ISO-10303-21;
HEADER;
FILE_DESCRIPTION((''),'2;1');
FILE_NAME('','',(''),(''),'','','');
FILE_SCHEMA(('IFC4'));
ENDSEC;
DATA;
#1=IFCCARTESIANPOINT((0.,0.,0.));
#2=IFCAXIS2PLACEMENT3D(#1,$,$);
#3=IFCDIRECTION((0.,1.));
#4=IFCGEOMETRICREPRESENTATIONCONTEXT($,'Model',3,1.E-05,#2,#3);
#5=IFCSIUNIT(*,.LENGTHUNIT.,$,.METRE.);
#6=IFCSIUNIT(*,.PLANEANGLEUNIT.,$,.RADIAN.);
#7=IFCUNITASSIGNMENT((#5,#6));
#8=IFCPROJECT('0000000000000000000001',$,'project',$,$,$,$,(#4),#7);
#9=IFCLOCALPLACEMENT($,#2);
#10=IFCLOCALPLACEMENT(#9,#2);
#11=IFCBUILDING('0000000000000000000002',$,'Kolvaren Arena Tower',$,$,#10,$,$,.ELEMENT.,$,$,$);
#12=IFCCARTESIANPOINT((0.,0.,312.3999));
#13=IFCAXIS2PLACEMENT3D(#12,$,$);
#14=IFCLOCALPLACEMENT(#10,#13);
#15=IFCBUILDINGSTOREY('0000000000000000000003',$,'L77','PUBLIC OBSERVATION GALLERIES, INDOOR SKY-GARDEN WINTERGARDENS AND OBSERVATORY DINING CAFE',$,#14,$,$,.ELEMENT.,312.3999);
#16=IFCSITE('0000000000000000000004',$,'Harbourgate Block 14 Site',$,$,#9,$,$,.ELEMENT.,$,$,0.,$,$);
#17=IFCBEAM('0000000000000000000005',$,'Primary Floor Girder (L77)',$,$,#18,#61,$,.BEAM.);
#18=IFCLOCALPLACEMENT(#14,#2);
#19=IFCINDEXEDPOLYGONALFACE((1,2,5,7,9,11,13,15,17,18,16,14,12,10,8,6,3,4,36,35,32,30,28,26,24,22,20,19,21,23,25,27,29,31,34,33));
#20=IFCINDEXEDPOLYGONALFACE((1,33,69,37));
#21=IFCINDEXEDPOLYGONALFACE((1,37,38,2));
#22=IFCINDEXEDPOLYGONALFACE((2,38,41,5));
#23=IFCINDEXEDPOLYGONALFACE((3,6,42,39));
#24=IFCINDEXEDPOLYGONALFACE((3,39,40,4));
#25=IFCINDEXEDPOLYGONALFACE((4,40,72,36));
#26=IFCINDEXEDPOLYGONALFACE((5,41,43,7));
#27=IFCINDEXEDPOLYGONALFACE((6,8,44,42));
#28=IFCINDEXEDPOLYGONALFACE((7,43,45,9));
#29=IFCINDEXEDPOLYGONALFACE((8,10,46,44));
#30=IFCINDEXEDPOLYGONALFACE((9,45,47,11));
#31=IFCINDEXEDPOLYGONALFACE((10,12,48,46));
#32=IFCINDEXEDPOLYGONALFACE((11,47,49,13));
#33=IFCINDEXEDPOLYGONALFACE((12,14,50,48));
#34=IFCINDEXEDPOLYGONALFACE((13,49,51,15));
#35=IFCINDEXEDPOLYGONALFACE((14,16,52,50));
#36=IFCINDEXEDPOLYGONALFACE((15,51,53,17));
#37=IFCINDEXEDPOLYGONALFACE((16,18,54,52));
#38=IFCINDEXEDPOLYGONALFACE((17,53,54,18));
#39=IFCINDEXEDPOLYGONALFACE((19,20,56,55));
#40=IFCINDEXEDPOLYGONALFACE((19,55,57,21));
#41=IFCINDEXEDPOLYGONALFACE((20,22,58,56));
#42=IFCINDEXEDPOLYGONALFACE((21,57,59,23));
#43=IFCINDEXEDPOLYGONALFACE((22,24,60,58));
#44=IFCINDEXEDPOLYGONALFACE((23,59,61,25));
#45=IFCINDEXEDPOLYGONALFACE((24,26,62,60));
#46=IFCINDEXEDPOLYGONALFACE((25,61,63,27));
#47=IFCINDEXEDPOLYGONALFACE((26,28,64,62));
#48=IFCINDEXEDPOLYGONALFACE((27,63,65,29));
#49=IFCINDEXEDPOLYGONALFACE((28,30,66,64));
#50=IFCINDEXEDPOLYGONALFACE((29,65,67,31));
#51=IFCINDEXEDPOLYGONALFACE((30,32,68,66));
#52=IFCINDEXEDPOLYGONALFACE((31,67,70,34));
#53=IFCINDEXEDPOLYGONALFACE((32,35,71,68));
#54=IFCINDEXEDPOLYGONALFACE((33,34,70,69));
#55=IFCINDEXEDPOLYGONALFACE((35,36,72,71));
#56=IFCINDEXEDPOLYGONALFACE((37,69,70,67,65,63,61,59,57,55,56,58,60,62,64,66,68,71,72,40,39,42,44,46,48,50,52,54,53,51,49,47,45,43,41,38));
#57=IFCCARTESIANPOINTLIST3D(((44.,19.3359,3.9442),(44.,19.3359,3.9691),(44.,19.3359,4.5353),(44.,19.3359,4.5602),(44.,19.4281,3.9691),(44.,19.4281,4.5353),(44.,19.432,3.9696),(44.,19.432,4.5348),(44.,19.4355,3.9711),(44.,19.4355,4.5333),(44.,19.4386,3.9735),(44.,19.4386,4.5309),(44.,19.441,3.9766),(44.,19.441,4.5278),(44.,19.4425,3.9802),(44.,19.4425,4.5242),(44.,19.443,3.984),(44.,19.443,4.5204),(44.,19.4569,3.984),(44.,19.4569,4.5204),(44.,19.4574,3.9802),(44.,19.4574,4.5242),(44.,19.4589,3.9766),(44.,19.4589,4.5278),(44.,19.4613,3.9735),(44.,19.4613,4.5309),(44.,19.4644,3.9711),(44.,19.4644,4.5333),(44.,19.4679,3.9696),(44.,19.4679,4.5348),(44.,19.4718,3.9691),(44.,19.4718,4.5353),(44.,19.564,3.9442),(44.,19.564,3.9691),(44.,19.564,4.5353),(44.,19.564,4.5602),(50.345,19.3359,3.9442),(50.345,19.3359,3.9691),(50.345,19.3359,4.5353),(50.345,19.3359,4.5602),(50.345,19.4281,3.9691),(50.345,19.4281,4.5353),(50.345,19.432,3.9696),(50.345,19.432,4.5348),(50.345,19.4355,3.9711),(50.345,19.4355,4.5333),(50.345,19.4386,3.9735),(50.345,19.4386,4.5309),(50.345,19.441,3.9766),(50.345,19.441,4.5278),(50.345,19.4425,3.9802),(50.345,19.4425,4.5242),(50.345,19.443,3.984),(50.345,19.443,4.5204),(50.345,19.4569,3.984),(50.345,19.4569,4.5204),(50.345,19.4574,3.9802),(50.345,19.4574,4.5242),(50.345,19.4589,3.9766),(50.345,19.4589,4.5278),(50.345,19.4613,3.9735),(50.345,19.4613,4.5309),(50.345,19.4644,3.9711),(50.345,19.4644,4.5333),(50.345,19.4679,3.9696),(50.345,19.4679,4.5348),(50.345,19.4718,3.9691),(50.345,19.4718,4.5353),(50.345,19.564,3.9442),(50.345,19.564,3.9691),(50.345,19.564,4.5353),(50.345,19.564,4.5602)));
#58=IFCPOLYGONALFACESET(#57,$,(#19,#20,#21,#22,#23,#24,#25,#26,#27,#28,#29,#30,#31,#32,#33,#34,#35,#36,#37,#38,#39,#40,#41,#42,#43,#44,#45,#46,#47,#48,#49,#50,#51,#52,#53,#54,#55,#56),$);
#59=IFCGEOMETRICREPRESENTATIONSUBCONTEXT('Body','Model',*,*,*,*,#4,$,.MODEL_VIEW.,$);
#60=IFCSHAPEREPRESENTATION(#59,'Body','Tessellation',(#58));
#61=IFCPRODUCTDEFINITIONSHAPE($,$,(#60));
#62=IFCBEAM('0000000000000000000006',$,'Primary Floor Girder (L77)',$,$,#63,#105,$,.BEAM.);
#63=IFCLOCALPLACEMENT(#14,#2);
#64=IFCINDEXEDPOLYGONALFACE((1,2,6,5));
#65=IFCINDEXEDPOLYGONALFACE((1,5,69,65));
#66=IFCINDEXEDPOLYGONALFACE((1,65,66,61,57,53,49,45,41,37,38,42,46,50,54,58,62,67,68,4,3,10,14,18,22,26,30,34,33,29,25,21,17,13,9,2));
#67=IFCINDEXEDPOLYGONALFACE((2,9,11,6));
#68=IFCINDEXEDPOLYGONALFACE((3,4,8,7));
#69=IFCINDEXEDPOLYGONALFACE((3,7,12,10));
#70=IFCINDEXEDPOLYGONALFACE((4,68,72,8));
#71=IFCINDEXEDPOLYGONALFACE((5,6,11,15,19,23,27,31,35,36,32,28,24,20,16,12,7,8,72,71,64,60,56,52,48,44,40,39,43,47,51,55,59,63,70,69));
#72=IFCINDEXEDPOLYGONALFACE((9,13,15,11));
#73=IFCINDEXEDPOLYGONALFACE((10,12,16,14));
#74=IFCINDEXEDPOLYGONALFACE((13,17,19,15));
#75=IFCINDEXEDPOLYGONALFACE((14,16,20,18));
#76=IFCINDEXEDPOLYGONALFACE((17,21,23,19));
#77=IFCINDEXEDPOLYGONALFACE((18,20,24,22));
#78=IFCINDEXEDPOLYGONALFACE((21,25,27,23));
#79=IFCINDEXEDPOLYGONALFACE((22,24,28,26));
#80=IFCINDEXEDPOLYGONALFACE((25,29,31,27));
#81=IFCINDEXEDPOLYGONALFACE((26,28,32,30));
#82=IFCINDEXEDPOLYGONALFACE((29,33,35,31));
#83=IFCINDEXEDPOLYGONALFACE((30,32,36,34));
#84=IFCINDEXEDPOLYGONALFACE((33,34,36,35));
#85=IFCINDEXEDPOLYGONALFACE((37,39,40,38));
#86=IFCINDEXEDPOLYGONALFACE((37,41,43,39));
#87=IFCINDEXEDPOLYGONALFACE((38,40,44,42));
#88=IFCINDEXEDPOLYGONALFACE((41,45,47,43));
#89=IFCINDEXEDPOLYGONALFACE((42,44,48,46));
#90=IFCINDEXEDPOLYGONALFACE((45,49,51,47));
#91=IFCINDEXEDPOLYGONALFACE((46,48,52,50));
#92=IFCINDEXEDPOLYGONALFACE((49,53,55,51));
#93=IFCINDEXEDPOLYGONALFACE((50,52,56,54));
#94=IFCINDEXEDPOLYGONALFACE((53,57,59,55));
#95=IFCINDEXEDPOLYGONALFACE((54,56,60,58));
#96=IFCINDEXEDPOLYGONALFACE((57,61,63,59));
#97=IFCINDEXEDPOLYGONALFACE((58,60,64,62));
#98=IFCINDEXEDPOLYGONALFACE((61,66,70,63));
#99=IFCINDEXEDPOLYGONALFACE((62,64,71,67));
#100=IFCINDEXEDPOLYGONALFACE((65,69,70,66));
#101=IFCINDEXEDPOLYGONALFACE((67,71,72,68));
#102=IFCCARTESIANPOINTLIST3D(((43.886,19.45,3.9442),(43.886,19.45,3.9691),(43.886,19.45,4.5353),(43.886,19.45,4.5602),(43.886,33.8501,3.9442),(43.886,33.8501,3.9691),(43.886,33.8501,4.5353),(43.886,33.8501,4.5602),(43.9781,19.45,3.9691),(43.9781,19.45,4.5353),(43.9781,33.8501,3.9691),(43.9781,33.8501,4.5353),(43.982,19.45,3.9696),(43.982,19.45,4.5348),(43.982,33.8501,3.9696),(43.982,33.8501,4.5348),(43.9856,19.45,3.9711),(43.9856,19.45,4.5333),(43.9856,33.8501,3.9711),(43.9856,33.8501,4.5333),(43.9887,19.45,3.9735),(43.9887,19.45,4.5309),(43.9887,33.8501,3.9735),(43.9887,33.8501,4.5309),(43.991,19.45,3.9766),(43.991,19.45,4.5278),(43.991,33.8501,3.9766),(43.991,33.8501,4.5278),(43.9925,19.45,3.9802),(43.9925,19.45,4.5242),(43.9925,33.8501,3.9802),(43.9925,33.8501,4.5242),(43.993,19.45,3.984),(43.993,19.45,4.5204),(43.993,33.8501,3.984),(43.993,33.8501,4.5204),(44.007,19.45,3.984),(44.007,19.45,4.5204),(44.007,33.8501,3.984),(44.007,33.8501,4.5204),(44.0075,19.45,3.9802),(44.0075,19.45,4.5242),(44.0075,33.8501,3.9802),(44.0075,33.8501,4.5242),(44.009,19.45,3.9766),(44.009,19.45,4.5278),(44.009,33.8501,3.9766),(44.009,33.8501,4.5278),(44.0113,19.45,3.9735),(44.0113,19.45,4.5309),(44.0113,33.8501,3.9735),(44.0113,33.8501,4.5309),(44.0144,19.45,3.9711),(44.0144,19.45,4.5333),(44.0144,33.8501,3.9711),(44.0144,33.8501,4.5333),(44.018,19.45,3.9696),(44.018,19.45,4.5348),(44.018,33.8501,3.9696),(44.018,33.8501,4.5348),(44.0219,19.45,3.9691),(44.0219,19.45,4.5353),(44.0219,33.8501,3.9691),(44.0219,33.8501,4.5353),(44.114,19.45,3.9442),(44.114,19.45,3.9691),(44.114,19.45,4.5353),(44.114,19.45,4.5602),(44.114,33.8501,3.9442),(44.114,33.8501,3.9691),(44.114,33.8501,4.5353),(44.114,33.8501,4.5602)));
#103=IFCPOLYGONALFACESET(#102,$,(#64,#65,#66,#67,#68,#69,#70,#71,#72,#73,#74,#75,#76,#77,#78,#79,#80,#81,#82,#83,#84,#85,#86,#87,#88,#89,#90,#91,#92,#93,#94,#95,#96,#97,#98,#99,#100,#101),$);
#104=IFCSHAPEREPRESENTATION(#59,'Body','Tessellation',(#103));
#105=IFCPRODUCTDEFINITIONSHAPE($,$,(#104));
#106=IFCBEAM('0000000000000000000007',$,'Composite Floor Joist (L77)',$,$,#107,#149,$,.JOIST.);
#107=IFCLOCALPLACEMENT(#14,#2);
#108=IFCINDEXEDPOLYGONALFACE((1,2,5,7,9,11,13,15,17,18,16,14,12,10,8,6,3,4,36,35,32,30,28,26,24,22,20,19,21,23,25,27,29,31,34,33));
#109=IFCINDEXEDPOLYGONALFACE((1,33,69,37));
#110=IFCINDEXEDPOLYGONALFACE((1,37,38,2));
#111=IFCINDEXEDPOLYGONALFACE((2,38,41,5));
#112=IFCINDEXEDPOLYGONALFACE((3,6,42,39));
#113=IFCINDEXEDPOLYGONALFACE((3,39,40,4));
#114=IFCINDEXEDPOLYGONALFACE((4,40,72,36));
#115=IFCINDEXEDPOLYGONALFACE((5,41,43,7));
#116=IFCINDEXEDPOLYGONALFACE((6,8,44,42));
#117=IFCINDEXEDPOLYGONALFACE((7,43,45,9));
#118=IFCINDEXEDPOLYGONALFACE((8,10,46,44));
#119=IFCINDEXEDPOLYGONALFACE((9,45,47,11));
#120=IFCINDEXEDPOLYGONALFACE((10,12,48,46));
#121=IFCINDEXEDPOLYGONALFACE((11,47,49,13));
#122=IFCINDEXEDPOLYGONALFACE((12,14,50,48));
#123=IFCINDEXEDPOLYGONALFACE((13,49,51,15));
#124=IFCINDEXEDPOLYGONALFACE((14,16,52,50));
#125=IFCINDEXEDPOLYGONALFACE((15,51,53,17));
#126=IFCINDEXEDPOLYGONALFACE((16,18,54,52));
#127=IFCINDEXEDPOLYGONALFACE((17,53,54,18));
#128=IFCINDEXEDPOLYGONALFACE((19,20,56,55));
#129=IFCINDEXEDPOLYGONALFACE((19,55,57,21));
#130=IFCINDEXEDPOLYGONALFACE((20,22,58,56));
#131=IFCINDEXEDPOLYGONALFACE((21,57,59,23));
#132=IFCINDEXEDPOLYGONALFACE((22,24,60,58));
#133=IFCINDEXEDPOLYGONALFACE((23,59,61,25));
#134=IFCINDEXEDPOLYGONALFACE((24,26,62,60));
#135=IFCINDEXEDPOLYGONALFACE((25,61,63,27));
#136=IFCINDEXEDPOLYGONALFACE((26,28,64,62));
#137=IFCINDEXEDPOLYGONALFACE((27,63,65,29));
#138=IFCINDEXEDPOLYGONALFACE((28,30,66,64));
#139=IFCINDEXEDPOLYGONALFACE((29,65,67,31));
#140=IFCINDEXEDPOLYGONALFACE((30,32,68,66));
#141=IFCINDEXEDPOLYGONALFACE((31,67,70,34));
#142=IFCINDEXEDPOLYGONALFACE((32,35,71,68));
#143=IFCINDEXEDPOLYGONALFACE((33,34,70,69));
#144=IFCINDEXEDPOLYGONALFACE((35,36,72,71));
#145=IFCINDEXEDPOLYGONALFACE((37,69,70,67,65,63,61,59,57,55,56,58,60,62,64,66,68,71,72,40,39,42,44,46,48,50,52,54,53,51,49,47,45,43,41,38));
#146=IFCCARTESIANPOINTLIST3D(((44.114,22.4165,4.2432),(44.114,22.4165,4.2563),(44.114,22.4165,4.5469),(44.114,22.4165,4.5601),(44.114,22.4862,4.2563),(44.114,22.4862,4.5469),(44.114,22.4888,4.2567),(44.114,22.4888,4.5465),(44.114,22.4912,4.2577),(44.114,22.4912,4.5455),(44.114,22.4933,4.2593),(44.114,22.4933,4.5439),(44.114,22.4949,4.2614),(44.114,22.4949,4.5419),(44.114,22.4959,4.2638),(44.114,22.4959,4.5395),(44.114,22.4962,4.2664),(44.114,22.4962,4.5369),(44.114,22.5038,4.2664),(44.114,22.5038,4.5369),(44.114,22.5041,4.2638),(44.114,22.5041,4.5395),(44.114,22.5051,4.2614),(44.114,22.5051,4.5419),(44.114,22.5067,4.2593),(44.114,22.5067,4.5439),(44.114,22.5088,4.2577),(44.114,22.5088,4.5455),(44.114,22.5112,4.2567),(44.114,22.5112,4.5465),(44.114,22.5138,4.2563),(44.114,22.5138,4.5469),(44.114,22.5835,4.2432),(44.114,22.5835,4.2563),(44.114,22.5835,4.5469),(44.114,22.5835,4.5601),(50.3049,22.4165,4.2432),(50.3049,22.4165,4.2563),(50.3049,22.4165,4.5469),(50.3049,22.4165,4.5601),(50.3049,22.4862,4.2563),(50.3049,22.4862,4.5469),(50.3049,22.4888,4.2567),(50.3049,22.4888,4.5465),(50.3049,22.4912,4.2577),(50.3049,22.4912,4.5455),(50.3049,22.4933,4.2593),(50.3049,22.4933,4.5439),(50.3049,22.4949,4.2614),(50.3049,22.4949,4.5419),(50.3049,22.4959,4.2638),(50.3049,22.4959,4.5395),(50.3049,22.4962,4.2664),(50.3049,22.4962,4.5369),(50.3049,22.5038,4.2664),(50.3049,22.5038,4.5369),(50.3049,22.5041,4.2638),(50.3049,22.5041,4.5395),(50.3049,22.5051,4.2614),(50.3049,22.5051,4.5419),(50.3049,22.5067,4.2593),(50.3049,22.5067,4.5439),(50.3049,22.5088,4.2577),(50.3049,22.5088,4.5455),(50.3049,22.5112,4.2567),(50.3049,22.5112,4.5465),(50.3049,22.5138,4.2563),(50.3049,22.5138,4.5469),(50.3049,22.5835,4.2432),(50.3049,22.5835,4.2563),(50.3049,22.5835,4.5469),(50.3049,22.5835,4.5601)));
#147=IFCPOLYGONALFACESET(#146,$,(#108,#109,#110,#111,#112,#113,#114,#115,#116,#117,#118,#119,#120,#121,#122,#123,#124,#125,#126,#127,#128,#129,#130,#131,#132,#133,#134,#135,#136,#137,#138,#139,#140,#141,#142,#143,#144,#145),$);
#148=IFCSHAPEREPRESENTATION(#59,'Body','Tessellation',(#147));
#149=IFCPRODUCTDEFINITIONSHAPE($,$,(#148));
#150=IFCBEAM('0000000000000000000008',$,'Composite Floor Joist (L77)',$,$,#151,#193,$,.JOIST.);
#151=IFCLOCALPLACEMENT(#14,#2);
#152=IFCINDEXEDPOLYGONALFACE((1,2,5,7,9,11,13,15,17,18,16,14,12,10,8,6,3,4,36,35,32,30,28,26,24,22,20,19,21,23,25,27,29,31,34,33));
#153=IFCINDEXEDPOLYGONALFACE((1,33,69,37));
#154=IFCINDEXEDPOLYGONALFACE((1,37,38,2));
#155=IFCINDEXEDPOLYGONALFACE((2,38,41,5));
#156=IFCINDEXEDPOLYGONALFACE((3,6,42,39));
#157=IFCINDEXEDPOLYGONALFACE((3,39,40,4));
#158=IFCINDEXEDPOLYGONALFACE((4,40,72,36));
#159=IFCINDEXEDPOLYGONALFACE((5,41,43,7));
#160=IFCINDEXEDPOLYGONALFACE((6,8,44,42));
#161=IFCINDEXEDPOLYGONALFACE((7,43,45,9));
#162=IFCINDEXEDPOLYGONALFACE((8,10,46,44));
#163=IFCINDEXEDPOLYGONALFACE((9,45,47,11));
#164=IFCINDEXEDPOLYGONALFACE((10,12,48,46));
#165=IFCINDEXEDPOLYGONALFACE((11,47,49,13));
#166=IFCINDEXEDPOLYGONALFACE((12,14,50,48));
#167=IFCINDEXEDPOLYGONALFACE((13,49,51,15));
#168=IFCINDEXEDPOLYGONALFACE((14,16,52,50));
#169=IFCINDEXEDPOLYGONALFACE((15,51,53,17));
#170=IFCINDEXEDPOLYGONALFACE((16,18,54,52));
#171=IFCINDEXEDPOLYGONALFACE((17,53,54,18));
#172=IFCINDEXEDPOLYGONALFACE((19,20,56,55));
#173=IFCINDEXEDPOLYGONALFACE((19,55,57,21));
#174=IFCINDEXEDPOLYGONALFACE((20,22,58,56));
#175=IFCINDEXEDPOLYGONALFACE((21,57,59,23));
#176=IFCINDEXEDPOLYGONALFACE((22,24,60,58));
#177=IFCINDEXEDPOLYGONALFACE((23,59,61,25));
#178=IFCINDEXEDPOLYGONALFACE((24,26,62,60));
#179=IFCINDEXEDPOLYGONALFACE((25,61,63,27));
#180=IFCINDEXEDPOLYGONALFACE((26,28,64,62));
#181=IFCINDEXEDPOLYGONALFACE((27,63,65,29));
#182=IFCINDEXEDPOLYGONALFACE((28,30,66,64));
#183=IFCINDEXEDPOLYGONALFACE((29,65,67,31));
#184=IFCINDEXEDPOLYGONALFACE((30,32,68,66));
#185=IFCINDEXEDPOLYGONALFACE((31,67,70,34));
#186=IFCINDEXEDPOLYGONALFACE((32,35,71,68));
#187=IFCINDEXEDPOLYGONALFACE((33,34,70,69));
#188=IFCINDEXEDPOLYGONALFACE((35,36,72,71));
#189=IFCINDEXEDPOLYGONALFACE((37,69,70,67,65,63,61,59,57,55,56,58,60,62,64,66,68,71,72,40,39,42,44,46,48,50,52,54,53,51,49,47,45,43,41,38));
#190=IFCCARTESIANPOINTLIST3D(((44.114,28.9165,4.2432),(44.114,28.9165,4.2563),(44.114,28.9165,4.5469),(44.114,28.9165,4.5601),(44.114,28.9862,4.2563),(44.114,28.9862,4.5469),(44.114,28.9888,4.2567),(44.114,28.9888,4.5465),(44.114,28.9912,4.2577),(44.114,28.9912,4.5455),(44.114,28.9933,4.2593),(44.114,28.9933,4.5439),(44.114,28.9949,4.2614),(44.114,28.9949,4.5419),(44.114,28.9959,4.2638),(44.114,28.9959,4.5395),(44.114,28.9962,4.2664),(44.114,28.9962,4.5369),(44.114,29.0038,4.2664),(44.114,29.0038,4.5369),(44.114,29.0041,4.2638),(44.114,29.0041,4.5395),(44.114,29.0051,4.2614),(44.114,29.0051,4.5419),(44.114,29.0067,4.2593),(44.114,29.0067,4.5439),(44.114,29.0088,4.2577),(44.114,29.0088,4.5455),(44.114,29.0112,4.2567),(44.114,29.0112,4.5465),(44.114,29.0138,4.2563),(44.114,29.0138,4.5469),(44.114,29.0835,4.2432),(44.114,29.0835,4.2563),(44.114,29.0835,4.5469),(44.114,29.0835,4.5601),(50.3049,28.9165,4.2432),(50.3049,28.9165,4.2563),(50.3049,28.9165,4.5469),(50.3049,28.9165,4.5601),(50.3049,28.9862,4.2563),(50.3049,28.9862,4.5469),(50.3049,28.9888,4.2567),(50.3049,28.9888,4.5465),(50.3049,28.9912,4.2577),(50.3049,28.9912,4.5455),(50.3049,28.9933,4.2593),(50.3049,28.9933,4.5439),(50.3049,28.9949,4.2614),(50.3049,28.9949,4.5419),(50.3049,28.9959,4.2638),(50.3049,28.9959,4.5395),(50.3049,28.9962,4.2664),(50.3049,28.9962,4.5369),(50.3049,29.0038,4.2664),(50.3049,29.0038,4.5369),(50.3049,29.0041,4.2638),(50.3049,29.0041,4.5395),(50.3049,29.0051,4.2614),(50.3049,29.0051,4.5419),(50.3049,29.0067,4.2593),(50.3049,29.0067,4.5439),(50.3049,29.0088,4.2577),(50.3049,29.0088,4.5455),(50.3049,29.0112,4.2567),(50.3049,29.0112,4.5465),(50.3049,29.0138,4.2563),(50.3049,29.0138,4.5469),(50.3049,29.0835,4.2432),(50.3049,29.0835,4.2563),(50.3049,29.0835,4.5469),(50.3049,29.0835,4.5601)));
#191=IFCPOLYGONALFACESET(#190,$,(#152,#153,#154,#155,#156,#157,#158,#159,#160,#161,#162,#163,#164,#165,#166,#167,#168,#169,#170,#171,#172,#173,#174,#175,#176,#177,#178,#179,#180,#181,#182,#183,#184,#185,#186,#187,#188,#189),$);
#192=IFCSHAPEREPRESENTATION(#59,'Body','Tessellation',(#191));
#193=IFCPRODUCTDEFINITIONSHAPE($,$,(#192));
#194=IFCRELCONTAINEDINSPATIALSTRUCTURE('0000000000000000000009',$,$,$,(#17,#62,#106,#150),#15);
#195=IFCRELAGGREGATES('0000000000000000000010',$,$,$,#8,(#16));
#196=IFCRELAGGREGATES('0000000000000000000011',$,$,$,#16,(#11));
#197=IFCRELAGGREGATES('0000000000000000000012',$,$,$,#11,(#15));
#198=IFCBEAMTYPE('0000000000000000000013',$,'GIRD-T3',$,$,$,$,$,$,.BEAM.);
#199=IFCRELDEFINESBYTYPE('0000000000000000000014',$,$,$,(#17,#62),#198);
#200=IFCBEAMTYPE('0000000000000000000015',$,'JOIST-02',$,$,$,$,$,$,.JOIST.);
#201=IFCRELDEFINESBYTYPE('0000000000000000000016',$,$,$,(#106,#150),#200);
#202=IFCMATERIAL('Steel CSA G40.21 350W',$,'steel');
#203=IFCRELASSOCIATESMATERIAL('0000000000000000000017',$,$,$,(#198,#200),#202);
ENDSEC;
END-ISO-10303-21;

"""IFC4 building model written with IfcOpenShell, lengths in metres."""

from ifc_helpers import new_model, si_unit, direction, frame, origin, origin_2d, place, context, subcontext, project, spatial, i_section, extrude, material, material_profile, profile_set, type_object, element, save


model = new_model("IFC4")

# Units and contexts
model_context = context("Model", 3, precision=1e-05, world=origin(), true_north=direction((0.0, 1.0)))
body_context = subcontext(model_context, "Body", "Model", "MODEL_VIEW")
ifc_project = project(units=[si_unit("LENGTHUNIT", "METRE"), si_unit("PLANEANGLEUNIT", "RADIAN")], contexts=[model_context])

# Site, building, storey
site_placement = place(None, origin())
site = spatial("IfcSite", under=ifc_project, at=site_placement, Name="Harbourgate Block 14 Site", CompositionType="ELEMENT", RefElevation=0.0)
building_placement = place(site_placement, origin())
building = spatial("IfcBuilding", under=site, at=building_placement, Name="Kolvaren Arena Tower", CompositionType="ELEMENT")
storey_placement = place(building_placement, frame((0.0, 0.0, 312.3999)))
storey = spatial("IfcBuildingStorey", under=building, at=storey_placement, Name="L77", Description="PUBLIC OBSERVATION GALLERIES, INDOOR SKY-GARDEN WINTERGARDENS AND OBSERVATORY DINING CAFE", CompositionType="ELEMENT", Elevation=312.3999)

# Beams
ifc_material_1 = material(Name="Steel CSA G40.21 350W", Category="steel")
ifc_material_profile_1 = material_profile(ifc_material_1, i_section(OverallWidth=0.228, OverallDepth=0.616, WebThickness=0.0139, FlangeThickness=0.0249, FilletRadius=0.0149, at=origin_2d()), Name="W610x174")
ifc_profile_set_1 = profile_set([ifc_material_profile_1], Name="Steel CSA G40.21 350W")
beam_type_1 = type_object("IfcBeamType", Name="GIRD-T3", PredefinedType="BEAM", material=ifc_profile_set_1)
beam_1_placement = place(storey_placement, frame((44.0, 19.45, 4.2522), z_axis=(1.0, 0.0, 0.0), x_axis=(0.0, 1.0, 0.0)))
element("IfcBeam", 1, at=beam_1_placement, inside=storey, type_object=beam_type_1, Name="Primary Floor Girder (L77)", PredefinedType="BEAM", context=body_context, shape_type="SweptSolid", body=[
    extrude(i_section(OverallWidth=0.228, OverallDepth=0.616, WebThickness=0.0139, FlangeThickness=0.0249, FilletRadius=0.0149, at=origin_2d()), origin(), (0.0, 0.0, 1.0), 6.345),
])
beam_2_placement = place(storey_placement, frame((44.0, 19.45, 4.2522), z_axis=(0.0, 1.0, 0.0), x_axis=(-1.0, 0.0, 0.0)))
element("IfcBeam", 2, at=beam_2_placement, inside=storey, type_object=beam_type_1, Name="Primary Floor Girder (L77)", PredefinedType="BEAM", context=body_context, shape_type="SweptSolid", body=[
    extrude(i_section(OverallWidth=0.228, OverallDepth=0.616, WebThickness=0.0139, FlangeThickness=0.0249, FilletRadius=0.0149, at=origin_2d()), origin(), (0.0, 0.0, 1.0), 14.4001),
])
ifc_material_profile_2 = material_profile(ifc_material_1, i_section(OverallWidth=0.167, OverallDepth=0.3169, WebThickness=0.0076, FlangeThickness=0.0132, FilletRadius=0.01, at=origin_2d()), Name="W310x52")
ifc_profile_set_2 = profile_set([ifc_material_profile_2], Name="Steel CSA G40.21 350W")
beam_type_2 = type_object("IfcBeamType", Name="JOIST-02", PredefinedType="JOIST", material=ifc_profile_set_2)
for number, where, z_axis, x_axis, name in (
    (3, (44.114, 22.5, 4.4016), (1.0, 0.0, 0.0), (0.0, 1.0, 0.0), "Composite Floor Joist (L77)"),
    (4, (44.114, 29.0, 4.4016), (1.0, 0.0, 0.0), (0.0, 1.0, 0.0), "Composite Floor Joist (L77)"),
):
    element("IfcBeam", number, at=place(storey_placement, frame(where, z_axis=z_axis, x_axis=x_axis)), inside=storey, type_object=beam_type_2, Name=name, PredefinedType="JOIST", context=body_context, shape_type="SweptSolid", body=[
        extrude(i_section(OverallWidth=0.167, OverallDepth=0.3169, WebThickness=0.0076, FlangeThickness=0.0132, FilletRadius=0.01, at=origin_2d()), origin(), (0.0, 0.0, 1.0), 6.1909),
    ])

save(model, "model.ifc")
